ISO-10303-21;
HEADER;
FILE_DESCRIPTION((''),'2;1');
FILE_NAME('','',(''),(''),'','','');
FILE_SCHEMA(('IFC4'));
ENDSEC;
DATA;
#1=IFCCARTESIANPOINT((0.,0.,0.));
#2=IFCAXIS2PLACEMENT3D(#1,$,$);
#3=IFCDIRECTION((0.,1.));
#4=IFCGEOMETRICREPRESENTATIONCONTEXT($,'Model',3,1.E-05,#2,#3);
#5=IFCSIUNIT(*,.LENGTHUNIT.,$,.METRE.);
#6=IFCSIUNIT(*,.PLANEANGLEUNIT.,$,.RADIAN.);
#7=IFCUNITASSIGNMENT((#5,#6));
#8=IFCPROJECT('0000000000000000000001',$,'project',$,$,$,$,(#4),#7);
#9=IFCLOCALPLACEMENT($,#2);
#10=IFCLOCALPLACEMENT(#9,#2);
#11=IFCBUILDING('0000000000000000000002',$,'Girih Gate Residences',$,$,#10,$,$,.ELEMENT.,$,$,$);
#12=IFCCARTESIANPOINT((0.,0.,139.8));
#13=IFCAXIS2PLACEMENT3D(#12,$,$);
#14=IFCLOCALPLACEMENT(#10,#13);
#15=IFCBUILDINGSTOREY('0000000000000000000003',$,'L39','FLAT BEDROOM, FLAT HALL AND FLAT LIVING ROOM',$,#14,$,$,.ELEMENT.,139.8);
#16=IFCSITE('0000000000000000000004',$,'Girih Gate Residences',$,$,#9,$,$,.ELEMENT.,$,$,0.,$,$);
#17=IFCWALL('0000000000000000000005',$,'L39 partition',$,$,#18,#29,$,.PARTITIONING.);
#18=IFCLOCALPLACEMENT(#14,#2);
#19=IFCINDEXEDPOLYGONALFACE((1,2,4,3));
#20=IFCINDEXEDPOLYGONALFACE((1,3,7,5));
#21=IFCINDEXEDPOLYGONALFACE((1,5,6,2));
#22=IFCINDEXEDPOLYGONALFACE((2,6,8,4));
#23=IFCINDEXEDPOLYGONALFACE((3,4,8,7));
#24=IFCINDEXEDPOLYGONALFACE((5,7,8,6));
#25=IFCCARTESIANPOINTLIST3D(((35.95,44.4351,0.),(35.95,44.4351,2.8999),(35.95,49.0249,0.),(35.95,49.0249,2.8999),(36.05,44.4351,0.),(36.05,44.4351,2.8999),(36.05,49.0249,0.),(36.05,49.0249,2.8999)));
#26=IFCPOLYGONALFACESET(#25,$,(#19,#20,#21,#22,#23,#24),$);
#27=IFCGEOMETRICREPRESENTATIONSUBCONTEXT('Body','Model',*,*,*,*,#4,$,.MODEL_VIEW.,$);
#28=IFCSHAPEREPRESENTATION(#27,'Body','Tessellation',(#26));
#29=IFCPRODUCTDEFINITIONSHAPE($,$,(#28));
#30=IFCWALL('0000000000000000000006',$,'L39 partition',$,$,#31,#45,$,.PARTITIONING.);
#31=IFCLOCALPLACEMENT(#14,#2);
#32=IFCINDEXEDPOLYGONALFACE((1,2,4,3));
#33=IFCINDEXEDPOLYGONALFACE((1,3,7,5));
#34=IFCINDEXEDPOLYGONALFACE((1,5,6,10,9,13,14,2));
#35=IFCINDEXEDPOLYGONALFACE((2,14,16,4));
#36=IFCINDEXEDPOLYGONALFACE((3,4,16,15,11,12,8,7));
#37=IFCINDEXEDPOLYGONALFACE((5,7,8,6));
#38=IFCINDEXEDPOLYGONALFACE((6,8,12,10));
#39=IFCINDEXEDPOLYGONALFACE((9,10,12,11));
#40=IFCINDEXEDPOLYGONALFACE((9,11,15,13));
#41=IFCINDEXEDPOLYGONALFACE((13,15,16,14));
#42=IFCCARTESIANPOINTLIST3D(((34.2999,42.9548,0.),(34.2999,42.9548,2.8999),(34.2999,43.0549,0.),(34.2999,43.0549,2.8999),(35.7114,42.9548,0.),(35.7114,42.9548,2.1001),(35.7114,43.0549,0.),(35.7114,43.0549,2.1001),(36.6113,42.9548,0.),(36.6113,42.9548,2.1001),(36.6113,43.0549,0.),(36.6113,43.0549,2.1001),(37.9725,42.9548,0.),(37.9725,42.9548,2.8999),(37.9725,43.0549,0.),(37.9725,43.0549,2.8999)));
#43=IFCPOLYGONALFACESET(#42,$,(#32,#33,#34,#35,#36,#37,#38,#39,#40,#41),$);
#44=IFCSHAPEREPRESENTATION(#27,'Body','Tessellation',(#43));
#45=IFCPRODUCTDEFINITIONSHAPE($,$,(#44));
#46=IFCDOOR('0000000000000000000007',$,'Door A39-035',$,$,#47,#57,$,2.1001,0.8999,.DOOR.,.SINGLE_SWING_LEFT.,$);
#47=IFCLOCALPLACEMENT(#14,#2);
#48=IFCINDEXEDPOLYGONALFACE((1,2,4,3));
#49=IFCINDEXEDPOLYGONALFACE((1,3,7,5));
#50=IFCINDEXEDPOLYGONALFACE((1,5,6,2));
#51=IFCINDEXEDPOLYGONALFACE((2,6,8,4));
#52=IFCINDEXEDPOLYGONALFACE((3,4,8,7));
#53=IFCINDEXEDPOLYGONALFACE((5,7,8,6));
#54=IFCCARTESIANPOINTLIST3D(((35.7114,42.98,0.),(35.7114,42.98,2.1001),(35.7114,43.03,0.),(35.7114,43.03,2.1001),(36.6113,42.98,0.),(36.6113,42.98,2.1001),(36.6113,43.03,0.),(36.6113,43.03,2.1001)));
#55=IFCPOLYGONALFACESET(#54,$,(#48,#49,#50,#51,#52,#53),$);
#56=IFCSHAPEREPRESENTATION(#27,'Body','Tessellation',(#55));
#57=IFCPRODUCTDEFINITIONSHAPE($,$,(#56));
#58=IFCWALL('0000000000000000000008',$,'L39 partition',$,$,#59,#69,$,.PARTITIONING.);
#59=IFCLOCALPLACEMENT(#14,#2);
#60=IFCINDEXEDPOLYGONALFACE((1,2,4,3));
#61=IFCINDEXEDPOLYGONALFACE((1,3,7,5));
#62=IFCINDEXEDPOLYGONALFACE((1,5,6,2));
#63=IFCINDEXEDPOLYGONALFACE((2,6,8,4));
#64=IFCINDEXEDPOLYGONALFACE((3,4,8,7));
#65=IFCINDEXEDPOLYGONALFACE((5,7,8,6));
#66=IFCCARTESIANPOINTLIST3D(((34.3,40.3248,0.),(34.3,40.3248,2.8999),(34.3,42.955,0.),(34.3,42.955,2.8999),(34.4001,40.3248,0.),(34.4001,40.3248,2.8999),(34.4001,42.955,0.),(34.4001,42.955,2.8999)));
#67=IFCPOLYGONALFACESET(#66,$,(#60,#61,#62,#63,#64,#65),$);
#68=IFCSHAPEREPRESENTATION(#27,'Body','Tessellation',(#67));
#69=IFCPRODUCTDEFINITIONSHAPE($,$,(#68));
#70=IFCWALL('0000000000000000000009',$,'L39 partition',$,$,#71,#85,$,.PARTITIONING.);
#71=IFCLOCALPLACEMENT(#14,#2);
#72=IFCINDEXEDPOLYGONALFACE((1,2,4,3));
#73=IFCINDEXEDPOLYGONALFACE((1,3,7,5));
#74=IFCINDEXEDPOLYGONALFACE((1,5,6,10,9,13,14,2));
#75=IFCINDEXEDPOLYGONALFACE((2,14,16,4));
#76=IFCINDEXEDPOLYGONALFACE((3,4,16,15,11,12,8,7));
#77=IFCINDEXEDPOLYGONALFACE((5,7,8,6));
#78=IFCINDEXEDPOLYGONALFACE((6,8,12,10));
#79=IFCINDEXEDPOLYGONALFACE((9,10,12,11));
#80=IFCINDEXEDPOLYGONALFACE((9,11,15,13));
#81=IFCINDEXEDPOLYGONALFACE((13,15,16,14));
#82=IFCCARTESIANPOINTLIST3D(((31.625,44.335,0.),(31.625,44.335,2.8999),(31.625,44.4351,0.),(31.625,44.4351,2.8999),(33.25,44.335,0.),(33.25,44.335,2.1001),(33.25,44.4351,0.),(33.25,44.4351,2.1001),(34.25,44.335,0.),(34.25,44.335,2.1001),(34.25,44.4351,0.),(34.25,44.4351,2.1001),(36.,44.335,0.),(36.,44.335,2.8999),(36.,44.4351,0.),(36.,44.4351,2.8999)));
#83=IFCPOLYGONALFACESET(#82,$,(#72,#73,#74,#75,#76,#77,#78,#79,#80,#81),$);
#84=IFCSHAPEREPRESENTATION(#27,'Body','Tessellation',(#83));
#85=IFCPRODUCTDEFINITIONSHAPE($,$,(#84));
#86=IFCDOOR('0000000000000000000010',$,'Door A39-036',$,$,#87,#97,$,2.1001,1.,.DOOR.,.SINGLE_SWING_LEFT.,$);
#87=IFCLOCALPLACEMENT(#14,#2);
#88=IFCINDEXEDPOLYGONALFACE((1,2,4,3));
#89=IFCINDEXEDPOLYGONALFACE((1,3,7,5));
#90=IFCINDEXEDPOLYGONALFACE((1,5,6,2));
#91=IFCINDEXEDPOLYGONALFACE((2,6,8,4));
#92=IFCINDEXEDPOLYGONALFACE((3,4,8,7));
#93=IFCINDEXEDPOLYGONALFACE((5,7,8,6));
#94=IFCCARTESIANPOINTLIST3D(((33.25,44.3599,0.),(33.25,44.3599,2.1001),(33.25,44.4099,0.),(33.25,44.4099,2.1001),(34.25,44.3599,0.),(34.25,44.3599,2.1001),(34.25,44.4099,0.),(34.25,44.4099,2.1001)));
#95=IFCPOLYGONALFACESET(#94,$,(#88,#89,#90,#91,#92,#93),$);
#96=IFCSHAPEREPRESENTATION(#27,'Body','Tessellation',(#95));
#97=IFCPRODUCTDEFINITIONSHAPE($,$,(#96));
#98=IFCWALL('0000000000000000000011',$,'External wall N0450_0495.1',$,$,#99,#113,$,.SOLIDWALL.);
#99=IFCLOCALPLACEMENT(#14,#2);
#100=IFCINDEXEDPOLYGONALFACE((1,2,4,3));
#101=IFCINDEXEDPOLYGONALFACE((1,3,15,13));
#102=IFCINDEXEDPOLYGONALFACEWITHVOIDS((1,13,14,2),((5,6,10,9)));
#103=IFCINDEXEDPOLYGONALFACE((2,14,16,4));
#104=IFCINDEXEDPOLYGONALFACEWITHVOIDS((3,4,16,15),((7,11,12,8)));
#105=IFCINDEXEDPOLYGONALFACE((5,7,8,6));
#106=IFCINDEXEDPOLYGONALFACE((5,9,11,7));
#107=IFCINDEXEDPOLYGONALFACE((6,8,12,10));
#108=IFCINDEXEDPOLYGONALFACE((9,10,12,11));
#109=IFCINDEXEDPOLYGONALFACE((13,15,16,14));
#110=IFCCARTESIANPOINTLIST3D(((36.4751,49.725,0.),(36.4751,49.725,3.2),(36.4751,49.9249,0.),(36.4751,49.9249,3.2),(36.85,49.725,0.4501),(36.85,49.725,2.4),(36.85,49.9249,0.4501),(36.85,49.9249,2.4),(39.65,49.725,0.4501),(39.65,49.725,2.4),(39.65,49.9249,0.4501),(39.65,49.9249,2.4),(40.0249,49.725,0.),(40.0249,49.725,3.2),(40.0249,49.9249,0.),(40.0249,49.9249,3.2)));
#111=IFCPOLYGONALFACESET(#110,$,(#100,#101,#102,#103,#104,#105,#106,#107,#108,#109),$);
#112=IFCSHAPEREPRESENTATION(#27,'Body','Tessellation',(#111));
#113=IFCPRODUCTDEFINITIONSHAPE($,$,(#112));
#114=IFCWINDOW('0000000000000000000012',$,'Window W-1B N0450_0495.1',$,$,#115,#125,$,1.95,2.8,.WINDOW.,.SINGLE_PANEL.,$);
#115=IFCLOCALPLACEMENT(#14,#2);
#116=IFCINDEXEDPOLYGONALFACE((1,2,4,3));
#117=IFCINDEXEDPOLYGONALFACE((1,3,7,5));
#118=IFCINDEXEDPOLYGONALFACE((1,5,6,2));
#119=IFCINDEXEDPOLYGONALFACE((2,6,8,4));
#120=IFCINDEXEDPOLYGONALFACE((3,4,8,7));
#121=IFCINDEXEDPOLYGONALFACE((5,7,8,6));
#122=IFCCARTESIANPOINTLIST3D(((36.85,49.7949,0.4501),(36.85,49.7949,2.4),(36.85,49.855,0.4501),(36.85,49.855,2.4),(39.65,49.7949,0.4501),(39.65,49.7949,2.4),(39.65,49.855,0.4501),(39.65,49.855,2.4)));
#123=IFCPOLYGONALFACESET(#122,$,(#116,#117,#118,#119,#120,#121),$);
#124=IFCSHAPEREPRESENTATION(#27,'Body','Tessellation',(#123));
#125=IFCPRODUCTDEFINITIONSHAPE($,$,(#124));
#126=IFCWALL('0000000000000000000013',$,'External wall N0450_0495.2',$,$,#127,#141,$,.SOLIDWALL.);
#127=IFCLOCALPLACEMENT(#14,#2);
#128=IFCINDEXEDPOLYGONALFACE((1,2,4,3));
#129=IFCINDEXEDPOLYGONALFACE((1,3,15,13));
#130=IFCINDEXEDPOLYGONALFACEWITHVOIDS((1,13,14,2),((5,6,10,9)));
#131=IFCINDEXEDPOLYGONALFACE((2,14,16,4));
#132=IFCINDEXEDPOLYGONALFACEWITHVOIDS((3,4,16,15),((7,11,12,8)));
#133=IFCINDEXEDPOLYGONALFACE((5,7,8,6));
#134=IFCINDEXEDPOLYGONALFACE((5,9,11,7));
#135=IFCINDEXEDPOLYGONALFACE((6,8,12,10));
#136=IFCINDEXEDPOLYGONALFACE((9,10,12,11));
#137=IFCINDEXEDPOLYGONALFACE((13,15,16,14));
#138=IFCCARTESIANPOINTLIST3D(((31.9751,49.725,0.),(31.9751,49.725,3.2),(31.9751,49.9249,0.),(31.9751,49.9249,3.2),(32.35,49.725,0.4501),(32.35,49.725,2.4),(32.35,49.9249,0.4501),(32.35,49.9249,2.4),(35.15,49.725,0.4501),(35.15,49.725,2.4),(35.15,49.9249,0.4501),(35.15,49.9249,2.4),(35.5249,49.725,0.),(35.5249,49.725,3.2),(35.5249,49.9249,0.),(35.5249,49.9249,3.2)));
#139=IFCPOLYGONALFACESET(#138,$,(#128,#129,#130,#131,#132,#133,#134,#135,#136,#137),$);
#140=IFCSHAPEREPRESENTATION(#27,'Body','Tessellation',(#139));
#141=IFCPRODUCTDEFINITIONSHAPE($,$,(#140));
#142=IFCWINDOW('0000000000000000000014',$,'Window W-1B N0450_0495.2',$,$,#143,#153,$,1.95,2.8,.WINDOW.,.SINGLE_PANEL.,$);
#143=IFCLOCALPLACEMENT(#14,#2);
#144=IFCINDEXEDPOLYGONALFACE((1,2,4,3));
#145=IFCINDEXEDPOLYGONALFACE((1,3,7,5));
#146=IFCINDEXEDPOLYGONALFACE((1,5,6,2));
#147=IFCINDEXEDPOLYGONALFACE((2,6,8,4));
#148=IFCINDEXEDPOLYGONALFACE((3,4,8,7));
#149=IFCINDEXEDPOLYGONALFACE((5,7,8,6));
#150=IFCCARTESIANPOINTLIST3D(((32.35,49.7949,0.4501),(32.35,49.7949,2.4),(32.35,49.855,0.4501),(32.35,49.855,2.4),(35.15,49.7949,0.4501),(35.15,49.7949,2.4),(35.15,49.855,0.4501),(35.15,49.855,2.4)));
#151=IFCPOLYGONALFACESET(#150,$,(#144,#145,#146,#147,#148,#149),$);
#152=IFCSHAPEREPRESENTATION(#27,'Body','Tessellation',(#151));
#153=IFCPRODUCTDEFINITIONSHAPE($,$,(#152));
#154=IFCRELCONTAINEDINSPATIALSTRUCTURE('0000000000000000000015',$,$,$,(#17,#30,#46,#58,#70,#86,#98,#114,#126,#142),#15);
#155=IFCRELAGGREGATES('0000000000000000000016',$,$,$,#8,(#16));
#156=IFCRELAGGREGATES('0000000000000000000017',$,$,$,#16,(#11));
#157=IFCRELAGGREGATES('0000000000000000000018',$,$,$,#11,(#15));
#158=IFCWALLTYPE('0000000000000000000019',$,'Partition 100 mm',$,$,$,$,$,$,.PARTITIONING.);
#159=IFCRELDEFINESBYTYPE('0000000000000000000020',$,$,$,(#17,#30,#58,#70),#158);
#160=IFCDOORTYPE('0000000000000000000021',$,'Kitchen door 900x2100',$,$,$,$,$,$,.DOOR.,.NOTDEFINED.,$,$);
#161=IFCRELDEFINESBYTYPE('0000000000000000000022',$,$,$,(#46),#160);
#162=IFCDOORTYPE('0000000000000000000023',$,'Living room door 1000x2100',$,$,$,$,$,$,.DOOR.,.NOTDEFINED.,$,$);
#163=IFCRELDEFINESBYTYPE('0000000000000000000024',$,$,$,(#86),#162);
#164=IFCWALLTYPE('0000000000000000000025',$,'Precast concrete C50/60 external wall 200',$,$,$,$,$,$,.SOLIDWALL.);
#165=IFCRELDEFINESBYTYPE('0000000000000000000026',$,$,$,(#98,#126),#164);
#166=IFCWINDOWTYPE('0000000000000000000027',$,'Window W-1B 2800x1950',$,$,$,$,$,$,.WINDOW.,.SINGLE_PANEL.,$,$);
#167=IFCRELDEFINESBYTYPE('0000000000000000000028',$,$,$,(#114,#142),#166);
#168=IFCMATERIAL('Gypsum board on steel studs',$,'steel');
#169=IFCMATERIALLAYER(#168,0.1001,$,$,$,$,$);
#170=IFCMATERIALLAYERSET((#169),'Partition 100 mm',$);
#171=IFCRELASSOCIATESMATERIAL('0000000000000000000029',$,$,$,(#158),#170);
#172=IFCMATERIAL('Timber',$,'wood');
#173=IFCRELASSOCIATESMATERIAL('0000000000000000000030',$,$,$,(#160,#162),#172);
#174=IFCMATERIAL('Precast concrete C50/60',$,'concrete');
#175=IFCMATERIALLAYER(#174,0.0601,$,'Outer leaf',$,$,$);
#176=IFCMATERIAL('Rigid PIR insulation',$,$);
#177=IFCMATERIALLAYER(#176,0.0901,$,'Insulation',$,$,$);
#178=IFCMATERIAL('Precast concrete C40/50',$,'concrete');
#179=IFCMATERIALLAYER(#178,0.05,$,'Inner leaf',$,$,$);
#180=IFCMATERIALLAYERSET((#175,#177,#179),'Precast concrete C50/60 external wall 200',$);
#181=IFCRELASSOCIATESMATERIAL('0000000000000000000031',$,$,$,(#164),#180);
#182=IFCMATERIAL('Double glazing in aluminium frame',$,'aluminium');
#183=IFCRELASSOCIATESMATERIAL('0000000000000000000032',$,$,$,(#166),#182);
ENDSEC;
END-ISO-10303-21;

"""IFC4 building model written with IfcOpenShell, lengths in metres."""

from ifc_helpers import new_model, si_unit, direction, frame, frame_2d, origin, place, context, subcontext, project, spatial, rectangle, extrude, material, layer, layer_set, type_object, element, fill, save


model = new_model("IFC4")

# Units and contexts
model_context = context("Model", 3, precision=1e-05, world=origin(), true_north=direction((0.0, 1.0)))
body_context = subcontext(model_context, "Body", "Model", "MODEL_VIEW")
ifc_project = project(units=[si_unit("LENGTHUNIT", "METRE"), si_unit("PLANEANGLEUNIT", "RADIAN")], contexts=[model_context])

# Site, building, storey
site_placement = place(None, origin())
site = spatial("IfcSite", under=ifc_project, at=site_placement, Name="Girih Gate Residences", CompositionType="ELEMENT", RefElevation=0.0)
building_placement = place(site_placement, origin())
building = spatial("IfcBuilding", under=site, at=building_placement, Name="Girih Gate Residences", CompositionType="ELEMENT")
storey_placement = place(building_placement, frame((0.0, 0.0, 139.8)))
storey = spatial("IfcBuildingStorey", under=building, at=storey_placement, Name="L39", Description="FLAT BEDROOM, FLAT HALL AND FLAT LIVING ROOM", CompositionType="ELEMENT", Elevation=139.8)

# Shared definitions
ifc_material_1 = material(Name="Gypsum board on steel studs", Category="steel")

# Shared definitions
ifc_layer_1 = layer(ifc_material_1, 0.1001)
ifc_layer_set_1 = layer_set([ifc_layer_1], Name="Partition 100 mm")
wall_type_1 = type_object("IfcWallType", Name="Partition 100 mm", PredefinedType="PARTITIONING", material=ifc_layer_set_1)
ifc_material_2 = material(Name="Timber", Category="wood")

# Wall
wall_1_placement = place(storey_placement, frame((36.0, 44.4351, 0.0), z_axis=(0.0, 0.0, 1.0), x_axis=(0.0, 1.0, 0.0)))
element("IfcWall", 1, at=wall_1_placement, inside=storey, type_object=wall_type_1, Name="L39 partition", PredefinedType="PARTITIONING", context=body_context, shape_type="SweptSolid", body=[
    extrude(rectangle(XDim=4.5898, YDim=0.1001, at=frame_2d((2.2949, 0.0))), origin(), (0.0, 0.0, 1.0), 2.8999),
])

# Wall, opening, door
wall_2_placement = place(storey_placement, frame((37.9727, 43.0049, 0.0), z_axis=(0.0, 0.0, 1.0), x_axis=(-1.0, 0.0, 0.0)))
wall_2 = element("IfcWall", 2, at=wall_2_placement, inside=storey, type_object=wall_type_1, Name="L39 partition", PredefinedType="PARTITIONING", context=body_context, shape_type="SweptSolid", body=[
    extrude(rectangle(XDim=3.6726, YDim=0.1001, at=frame_2d((1.8364, 0.0))), origin(), (0.0, 0.0, 1.0), 2.8999),
])
opening_1_placement = place(wall_2_placement, frame((1.3613, 0.0, 0.0)))
opening_1 = element("IfcOpeningElement", 3, at=opening_1_placement, cuts=wall_2, PredefinedType="OPENING", context=body_context, shape_type="SweptSolid", body=[
    extrude(rectangle(XDim=0.8999, YDim=2.1001, at=frame_2d((0.45, 1.05))), frame((0.0, 0.0601, 0.0), z_axis=(0.0, -1.0, 0.0), x_axis=(1.0, 0.0, 0.0)), (0.0, 0.0, 1.0), 0.1201),
])
door_type_1 = type_object("IfcDoorType", Name="Kitchen door 900x2100", OperationType="NOTDEFINED", PredefinedType="DOOR", material=ifc_material_2)
door_1_placement = place(opening_1_placement, origin())
door_1 = element("IfcDoor", 4, at=door_1_placement, inside=storey, type_object=door_type_1, Name="Door A39-035", OperationType="SINGLE_SWING_LEFT", OverallHeight=2.1001, OverallWidth=0.8999, PredefinedType="DOOR", context=body_context, shape_type="SweptSolid", body=[
    extrude(rectangle(XDim=0.8999, YDim=2.1001, at=frame_2d((0.45, 1.05))), frame((0.0, 0.0249, 0.0), z_axis=(0.0, -1.0, 0.0), x_axis=(1.0, 0.0, 0.0)), (0.0, 0.0, 1.0), 0.05),
])
fill(opening_1, door_1)

# Wall
wall_3_placement = place(storey_placement, frame((34.3501, 40.325, 0.0), z_axis=(0.0, 0.0, 1.0), x_axis=(0.0, 1.0, 0.0)))
element("IfcWall", 5, at=wall_3_placement, inside=storey, type_object=wall_type_1, Name="L39 partition", PredefinedType="PARTITIONING", context=body_context, shape_type="SweptSolid", body=[
    extrude(rectangle(XDim=2.6301, YDim=0.1001, at=frame_2d((1.3149, 0.0))), origin(), (0.0, 0.0, 1.0), 2.8999),
])

# Wall, opening, door
wall_4_placement = place(storey_placement, frame((31.625, 44.385, 0.0), z_axis=(0.0, 0.0, 1.0), x_axis=(1.0, 0.0, 0.0)))
wall_4 = element("IfcWall", 6, at=wall_4_placement, inside=storey, type_object=wall_type_1, Name="L39 partition", PredefinedType="PARTITIONING", context=body_context, shape_type="SweptSolid", body=[
    extrude(rectangle(XDim=4.375, YDim=0.1001, at=frame_2d((2.1875, 0.0))), origin(), (0.0, 0.0, 1.0), 2.8999),
])
opening_2_placement = place(wall_4_placement, frame((1.625, 0.0, 0.0)))
opening_2 = element("IfcOpeningElement", 7, at=opening_2_placement, cuts=wall_4, PredefinedType="OPENING", context=body_context, shape_type="SweptSolid", body=[
    extrude(rectangle(XDim=1.0, YDim=2.1001, at=frame_2d((0.5, 1.05))), frame((0.0, 0.0601, 0.0), z_axis=(0.0, -1.0, 0.0), x_axis=(1.0, 0.0, 0.0)), (0.0, 0.0, 1.0), 0.1201),
])
door_type_2 = type_object("IfcDoorType", Name="Living room door 1000x2100", OperationType="NOTDEFINED", PredefinedType="DOOR", material=ifc_material_2)
door_2_placement = place(opening_2_placement, origin())
door_2 = element("IfcDoor", 8, at=door_2_placement, inside=storey, type_object=door_type_2, Name="Door A39-036", OperationType="SINGLE_SWING_LEFT", OverallHeight=2.1001, OverallWidth=1.0, PredefinedType="DOOR", context=body_context, shape_type="SweptSolid", body=[
    extrude(rectangle(XDim=1.0, YDim=2.1001, at=frame_2d((0.5, 1.05))), frame((0.0, 0.0249, 0.0), z_axis=(0.0, -1.0, 0.0), x_axis=(1.0, 0.0, 0.0)), (0.0, 0.0, 1.0), 0.05),
])
fill(opening_2, door_2)

# Walls, openings, windows
ifc_material_3 = material(Name="Precast concrete C50/60", Category="concrete")
ifc_layer_2 = layer(ifc_material_3, 0.0601, Name="Outer leaf")
ifc_material_4 = material(Name="Rigid PIR insulation")
ifc_layer_3 = layer(ifc_material_4, 0.0901, Name="Insulation")
ifc_material_5 = material(Name="Precast concrete C40/50", Category="concrete")
ifc_layer_4 = layer(ifc_material_5, 0.05, Name="Inner leaf")
ifc_layer_set_2 = layer_set([ifc_layer_2, ifc_layer_3, ifc_layer_4], Name="Precast concrete C50/60 external wall 200")
wall_type_2 = type_object("IfcWallType", Name="Precast concrete C50/60 external wall 200", PredefinedType="SOLIDWALL", material=ifc_layer_set_2)
wall_5_placement = place(storey_placement, frame((36.4751, 49.825, 0.0), z_axis=(0.0, 0.0, 1.0), x_axis=(1.0, 0.0, 0.0)))
wall_5 = element("IfcWall", 9, at=wall_5_placement, inside=storey, type_object=wall_type_2, Name="External wall N0450_0495.1", PredefinedType="SOLIDWALL", context=body_context, shape_type="SweptSolid", body=[
    extrude(rectangle(XDim=3.5498, YDim=0.2, at=frame_2d((1.7749, 0.0))), origin(), (0.0, 0.0, 1.0), 3.2),
])
opening_3_placement = place(wall_5_placement, frame((0.375, 0.0, 0.45)))
opening_3 = element("IfcOpeningElement", 10, at=opening_3_placement, cuts=wall_5, PredefinedType="OPENING", context=body_context, shape_type="SweptSolid", body=[
    extrude(rectangle(XDim=2.8, YDim=1.95, at=frame_2d((1.3999, 0.9751))), frame((0.0, 0.1099, 0.0), z_axis=(0.0, -1.0, 0.0), x_axis=(1.0, 0.0, 0.0)), (0.0, 0.0, 1.0), 0.22),
])
ifc_material_6 = material(Name="Double glazing in aluminium frame", Category="aluminium")
window_type = type_object("IfcWindowType", Name="Window W-1B 2800x1950", PartitioningType="SINGLE_PANEL", PredefinedType="WINDOW", material=ifc_material_6)
window_1_placement = place(opening_3_placement, origin())
window_1 = element("IfcWindow", 11, at=window_1_placement, inside=storey, type_object=window_type, Name="Window W-1B N0450_0495.1", OverallHeight=1.95, OverallWidth=2.8, PartitioningType="SINGLE_PANEL", PredefinedType="WINDOW", context=body_context, shape_type="SweptSolid", body=[
    extrude(rectangle(XDim=2.8, YDim=1.95, at=frame_2d((1.3999, 0.9751))), frame((0.0, 0.03, 0.0), z_axis=(0.0, -1.0, 0.0), x_axis=(1.0, 0.0, 0.0)), (0.0, 0.0, 1.0), 0.0601),
])
fill(opening_3, window_1)
wall_6_placement = place(storey_placement, frame((31.9751, 49.825, 0.0), z_axis=(0.0, 0.0, 1.0), x_axis=(1.0, 0.0, 0.0)))
wall_6 = element("IfcWall", 12, at=wall_6_placement, inside=storey, type_object=wall_type_2, Name="External wall N0450_0495.2", PredefinedType="SOLIDWALL", context=body_context, shape_type="SweptSolid", body=[
    extrude(rectangle(XDim=3.5498, YDim=0.2, at=frame_2d((1.7749, 0.0))), origin(), (0.0, 0.0, 1.0), 3.2),
])
opening_4_placement = place(wall_6_placement, frame((0.375, 0.0, 0.45)))
opening_4 = element("IfcOpeningElement", 13, at=opening_4_placement, cuts=wall_6, PredefinedType="OPENING", context=body_context, shape_type="SweptSolid", body=[
    extrude(rectangle(XDim=2.8, YDim=1.95, at=frame_2d((1.3999, 0.9751))), frame((0.0, 0.1099, 0.0), z_axis=(0.0, -1.0, 0.0), x_axis=(1.0, 0.0, 0.0)), (0.0, 0.0, 1.0), 0.22),
])
window_2_placement = place(opening_4_placement, origin())
window_2 = element("IfcWindow", 14, at=window_2_placement, inside=storey, type_object=window_type, Name="Window W-1B N0450_0495.2", OverallHeight=1.95, OverallWidth=2.8, PartitioningType="SINGLE_PANEL", PredefinedType="WINDOW", context=body_context, shape_type="SweptSolid", body=[
    extrude(rectangle(XDim=2.8, YDim=1.95, at=frame_2d((1.3999, 0.9751))), frame((0.0, 0.03, 0.0), z_axis=(0.0, -1.0, 0.0), x_axis=(1.0, 0.0, 0.0)), (0.0, 0.0, 1.0), 0.0601),
])
fill(opening_4, window_2)

save(model, "model.ifc")
